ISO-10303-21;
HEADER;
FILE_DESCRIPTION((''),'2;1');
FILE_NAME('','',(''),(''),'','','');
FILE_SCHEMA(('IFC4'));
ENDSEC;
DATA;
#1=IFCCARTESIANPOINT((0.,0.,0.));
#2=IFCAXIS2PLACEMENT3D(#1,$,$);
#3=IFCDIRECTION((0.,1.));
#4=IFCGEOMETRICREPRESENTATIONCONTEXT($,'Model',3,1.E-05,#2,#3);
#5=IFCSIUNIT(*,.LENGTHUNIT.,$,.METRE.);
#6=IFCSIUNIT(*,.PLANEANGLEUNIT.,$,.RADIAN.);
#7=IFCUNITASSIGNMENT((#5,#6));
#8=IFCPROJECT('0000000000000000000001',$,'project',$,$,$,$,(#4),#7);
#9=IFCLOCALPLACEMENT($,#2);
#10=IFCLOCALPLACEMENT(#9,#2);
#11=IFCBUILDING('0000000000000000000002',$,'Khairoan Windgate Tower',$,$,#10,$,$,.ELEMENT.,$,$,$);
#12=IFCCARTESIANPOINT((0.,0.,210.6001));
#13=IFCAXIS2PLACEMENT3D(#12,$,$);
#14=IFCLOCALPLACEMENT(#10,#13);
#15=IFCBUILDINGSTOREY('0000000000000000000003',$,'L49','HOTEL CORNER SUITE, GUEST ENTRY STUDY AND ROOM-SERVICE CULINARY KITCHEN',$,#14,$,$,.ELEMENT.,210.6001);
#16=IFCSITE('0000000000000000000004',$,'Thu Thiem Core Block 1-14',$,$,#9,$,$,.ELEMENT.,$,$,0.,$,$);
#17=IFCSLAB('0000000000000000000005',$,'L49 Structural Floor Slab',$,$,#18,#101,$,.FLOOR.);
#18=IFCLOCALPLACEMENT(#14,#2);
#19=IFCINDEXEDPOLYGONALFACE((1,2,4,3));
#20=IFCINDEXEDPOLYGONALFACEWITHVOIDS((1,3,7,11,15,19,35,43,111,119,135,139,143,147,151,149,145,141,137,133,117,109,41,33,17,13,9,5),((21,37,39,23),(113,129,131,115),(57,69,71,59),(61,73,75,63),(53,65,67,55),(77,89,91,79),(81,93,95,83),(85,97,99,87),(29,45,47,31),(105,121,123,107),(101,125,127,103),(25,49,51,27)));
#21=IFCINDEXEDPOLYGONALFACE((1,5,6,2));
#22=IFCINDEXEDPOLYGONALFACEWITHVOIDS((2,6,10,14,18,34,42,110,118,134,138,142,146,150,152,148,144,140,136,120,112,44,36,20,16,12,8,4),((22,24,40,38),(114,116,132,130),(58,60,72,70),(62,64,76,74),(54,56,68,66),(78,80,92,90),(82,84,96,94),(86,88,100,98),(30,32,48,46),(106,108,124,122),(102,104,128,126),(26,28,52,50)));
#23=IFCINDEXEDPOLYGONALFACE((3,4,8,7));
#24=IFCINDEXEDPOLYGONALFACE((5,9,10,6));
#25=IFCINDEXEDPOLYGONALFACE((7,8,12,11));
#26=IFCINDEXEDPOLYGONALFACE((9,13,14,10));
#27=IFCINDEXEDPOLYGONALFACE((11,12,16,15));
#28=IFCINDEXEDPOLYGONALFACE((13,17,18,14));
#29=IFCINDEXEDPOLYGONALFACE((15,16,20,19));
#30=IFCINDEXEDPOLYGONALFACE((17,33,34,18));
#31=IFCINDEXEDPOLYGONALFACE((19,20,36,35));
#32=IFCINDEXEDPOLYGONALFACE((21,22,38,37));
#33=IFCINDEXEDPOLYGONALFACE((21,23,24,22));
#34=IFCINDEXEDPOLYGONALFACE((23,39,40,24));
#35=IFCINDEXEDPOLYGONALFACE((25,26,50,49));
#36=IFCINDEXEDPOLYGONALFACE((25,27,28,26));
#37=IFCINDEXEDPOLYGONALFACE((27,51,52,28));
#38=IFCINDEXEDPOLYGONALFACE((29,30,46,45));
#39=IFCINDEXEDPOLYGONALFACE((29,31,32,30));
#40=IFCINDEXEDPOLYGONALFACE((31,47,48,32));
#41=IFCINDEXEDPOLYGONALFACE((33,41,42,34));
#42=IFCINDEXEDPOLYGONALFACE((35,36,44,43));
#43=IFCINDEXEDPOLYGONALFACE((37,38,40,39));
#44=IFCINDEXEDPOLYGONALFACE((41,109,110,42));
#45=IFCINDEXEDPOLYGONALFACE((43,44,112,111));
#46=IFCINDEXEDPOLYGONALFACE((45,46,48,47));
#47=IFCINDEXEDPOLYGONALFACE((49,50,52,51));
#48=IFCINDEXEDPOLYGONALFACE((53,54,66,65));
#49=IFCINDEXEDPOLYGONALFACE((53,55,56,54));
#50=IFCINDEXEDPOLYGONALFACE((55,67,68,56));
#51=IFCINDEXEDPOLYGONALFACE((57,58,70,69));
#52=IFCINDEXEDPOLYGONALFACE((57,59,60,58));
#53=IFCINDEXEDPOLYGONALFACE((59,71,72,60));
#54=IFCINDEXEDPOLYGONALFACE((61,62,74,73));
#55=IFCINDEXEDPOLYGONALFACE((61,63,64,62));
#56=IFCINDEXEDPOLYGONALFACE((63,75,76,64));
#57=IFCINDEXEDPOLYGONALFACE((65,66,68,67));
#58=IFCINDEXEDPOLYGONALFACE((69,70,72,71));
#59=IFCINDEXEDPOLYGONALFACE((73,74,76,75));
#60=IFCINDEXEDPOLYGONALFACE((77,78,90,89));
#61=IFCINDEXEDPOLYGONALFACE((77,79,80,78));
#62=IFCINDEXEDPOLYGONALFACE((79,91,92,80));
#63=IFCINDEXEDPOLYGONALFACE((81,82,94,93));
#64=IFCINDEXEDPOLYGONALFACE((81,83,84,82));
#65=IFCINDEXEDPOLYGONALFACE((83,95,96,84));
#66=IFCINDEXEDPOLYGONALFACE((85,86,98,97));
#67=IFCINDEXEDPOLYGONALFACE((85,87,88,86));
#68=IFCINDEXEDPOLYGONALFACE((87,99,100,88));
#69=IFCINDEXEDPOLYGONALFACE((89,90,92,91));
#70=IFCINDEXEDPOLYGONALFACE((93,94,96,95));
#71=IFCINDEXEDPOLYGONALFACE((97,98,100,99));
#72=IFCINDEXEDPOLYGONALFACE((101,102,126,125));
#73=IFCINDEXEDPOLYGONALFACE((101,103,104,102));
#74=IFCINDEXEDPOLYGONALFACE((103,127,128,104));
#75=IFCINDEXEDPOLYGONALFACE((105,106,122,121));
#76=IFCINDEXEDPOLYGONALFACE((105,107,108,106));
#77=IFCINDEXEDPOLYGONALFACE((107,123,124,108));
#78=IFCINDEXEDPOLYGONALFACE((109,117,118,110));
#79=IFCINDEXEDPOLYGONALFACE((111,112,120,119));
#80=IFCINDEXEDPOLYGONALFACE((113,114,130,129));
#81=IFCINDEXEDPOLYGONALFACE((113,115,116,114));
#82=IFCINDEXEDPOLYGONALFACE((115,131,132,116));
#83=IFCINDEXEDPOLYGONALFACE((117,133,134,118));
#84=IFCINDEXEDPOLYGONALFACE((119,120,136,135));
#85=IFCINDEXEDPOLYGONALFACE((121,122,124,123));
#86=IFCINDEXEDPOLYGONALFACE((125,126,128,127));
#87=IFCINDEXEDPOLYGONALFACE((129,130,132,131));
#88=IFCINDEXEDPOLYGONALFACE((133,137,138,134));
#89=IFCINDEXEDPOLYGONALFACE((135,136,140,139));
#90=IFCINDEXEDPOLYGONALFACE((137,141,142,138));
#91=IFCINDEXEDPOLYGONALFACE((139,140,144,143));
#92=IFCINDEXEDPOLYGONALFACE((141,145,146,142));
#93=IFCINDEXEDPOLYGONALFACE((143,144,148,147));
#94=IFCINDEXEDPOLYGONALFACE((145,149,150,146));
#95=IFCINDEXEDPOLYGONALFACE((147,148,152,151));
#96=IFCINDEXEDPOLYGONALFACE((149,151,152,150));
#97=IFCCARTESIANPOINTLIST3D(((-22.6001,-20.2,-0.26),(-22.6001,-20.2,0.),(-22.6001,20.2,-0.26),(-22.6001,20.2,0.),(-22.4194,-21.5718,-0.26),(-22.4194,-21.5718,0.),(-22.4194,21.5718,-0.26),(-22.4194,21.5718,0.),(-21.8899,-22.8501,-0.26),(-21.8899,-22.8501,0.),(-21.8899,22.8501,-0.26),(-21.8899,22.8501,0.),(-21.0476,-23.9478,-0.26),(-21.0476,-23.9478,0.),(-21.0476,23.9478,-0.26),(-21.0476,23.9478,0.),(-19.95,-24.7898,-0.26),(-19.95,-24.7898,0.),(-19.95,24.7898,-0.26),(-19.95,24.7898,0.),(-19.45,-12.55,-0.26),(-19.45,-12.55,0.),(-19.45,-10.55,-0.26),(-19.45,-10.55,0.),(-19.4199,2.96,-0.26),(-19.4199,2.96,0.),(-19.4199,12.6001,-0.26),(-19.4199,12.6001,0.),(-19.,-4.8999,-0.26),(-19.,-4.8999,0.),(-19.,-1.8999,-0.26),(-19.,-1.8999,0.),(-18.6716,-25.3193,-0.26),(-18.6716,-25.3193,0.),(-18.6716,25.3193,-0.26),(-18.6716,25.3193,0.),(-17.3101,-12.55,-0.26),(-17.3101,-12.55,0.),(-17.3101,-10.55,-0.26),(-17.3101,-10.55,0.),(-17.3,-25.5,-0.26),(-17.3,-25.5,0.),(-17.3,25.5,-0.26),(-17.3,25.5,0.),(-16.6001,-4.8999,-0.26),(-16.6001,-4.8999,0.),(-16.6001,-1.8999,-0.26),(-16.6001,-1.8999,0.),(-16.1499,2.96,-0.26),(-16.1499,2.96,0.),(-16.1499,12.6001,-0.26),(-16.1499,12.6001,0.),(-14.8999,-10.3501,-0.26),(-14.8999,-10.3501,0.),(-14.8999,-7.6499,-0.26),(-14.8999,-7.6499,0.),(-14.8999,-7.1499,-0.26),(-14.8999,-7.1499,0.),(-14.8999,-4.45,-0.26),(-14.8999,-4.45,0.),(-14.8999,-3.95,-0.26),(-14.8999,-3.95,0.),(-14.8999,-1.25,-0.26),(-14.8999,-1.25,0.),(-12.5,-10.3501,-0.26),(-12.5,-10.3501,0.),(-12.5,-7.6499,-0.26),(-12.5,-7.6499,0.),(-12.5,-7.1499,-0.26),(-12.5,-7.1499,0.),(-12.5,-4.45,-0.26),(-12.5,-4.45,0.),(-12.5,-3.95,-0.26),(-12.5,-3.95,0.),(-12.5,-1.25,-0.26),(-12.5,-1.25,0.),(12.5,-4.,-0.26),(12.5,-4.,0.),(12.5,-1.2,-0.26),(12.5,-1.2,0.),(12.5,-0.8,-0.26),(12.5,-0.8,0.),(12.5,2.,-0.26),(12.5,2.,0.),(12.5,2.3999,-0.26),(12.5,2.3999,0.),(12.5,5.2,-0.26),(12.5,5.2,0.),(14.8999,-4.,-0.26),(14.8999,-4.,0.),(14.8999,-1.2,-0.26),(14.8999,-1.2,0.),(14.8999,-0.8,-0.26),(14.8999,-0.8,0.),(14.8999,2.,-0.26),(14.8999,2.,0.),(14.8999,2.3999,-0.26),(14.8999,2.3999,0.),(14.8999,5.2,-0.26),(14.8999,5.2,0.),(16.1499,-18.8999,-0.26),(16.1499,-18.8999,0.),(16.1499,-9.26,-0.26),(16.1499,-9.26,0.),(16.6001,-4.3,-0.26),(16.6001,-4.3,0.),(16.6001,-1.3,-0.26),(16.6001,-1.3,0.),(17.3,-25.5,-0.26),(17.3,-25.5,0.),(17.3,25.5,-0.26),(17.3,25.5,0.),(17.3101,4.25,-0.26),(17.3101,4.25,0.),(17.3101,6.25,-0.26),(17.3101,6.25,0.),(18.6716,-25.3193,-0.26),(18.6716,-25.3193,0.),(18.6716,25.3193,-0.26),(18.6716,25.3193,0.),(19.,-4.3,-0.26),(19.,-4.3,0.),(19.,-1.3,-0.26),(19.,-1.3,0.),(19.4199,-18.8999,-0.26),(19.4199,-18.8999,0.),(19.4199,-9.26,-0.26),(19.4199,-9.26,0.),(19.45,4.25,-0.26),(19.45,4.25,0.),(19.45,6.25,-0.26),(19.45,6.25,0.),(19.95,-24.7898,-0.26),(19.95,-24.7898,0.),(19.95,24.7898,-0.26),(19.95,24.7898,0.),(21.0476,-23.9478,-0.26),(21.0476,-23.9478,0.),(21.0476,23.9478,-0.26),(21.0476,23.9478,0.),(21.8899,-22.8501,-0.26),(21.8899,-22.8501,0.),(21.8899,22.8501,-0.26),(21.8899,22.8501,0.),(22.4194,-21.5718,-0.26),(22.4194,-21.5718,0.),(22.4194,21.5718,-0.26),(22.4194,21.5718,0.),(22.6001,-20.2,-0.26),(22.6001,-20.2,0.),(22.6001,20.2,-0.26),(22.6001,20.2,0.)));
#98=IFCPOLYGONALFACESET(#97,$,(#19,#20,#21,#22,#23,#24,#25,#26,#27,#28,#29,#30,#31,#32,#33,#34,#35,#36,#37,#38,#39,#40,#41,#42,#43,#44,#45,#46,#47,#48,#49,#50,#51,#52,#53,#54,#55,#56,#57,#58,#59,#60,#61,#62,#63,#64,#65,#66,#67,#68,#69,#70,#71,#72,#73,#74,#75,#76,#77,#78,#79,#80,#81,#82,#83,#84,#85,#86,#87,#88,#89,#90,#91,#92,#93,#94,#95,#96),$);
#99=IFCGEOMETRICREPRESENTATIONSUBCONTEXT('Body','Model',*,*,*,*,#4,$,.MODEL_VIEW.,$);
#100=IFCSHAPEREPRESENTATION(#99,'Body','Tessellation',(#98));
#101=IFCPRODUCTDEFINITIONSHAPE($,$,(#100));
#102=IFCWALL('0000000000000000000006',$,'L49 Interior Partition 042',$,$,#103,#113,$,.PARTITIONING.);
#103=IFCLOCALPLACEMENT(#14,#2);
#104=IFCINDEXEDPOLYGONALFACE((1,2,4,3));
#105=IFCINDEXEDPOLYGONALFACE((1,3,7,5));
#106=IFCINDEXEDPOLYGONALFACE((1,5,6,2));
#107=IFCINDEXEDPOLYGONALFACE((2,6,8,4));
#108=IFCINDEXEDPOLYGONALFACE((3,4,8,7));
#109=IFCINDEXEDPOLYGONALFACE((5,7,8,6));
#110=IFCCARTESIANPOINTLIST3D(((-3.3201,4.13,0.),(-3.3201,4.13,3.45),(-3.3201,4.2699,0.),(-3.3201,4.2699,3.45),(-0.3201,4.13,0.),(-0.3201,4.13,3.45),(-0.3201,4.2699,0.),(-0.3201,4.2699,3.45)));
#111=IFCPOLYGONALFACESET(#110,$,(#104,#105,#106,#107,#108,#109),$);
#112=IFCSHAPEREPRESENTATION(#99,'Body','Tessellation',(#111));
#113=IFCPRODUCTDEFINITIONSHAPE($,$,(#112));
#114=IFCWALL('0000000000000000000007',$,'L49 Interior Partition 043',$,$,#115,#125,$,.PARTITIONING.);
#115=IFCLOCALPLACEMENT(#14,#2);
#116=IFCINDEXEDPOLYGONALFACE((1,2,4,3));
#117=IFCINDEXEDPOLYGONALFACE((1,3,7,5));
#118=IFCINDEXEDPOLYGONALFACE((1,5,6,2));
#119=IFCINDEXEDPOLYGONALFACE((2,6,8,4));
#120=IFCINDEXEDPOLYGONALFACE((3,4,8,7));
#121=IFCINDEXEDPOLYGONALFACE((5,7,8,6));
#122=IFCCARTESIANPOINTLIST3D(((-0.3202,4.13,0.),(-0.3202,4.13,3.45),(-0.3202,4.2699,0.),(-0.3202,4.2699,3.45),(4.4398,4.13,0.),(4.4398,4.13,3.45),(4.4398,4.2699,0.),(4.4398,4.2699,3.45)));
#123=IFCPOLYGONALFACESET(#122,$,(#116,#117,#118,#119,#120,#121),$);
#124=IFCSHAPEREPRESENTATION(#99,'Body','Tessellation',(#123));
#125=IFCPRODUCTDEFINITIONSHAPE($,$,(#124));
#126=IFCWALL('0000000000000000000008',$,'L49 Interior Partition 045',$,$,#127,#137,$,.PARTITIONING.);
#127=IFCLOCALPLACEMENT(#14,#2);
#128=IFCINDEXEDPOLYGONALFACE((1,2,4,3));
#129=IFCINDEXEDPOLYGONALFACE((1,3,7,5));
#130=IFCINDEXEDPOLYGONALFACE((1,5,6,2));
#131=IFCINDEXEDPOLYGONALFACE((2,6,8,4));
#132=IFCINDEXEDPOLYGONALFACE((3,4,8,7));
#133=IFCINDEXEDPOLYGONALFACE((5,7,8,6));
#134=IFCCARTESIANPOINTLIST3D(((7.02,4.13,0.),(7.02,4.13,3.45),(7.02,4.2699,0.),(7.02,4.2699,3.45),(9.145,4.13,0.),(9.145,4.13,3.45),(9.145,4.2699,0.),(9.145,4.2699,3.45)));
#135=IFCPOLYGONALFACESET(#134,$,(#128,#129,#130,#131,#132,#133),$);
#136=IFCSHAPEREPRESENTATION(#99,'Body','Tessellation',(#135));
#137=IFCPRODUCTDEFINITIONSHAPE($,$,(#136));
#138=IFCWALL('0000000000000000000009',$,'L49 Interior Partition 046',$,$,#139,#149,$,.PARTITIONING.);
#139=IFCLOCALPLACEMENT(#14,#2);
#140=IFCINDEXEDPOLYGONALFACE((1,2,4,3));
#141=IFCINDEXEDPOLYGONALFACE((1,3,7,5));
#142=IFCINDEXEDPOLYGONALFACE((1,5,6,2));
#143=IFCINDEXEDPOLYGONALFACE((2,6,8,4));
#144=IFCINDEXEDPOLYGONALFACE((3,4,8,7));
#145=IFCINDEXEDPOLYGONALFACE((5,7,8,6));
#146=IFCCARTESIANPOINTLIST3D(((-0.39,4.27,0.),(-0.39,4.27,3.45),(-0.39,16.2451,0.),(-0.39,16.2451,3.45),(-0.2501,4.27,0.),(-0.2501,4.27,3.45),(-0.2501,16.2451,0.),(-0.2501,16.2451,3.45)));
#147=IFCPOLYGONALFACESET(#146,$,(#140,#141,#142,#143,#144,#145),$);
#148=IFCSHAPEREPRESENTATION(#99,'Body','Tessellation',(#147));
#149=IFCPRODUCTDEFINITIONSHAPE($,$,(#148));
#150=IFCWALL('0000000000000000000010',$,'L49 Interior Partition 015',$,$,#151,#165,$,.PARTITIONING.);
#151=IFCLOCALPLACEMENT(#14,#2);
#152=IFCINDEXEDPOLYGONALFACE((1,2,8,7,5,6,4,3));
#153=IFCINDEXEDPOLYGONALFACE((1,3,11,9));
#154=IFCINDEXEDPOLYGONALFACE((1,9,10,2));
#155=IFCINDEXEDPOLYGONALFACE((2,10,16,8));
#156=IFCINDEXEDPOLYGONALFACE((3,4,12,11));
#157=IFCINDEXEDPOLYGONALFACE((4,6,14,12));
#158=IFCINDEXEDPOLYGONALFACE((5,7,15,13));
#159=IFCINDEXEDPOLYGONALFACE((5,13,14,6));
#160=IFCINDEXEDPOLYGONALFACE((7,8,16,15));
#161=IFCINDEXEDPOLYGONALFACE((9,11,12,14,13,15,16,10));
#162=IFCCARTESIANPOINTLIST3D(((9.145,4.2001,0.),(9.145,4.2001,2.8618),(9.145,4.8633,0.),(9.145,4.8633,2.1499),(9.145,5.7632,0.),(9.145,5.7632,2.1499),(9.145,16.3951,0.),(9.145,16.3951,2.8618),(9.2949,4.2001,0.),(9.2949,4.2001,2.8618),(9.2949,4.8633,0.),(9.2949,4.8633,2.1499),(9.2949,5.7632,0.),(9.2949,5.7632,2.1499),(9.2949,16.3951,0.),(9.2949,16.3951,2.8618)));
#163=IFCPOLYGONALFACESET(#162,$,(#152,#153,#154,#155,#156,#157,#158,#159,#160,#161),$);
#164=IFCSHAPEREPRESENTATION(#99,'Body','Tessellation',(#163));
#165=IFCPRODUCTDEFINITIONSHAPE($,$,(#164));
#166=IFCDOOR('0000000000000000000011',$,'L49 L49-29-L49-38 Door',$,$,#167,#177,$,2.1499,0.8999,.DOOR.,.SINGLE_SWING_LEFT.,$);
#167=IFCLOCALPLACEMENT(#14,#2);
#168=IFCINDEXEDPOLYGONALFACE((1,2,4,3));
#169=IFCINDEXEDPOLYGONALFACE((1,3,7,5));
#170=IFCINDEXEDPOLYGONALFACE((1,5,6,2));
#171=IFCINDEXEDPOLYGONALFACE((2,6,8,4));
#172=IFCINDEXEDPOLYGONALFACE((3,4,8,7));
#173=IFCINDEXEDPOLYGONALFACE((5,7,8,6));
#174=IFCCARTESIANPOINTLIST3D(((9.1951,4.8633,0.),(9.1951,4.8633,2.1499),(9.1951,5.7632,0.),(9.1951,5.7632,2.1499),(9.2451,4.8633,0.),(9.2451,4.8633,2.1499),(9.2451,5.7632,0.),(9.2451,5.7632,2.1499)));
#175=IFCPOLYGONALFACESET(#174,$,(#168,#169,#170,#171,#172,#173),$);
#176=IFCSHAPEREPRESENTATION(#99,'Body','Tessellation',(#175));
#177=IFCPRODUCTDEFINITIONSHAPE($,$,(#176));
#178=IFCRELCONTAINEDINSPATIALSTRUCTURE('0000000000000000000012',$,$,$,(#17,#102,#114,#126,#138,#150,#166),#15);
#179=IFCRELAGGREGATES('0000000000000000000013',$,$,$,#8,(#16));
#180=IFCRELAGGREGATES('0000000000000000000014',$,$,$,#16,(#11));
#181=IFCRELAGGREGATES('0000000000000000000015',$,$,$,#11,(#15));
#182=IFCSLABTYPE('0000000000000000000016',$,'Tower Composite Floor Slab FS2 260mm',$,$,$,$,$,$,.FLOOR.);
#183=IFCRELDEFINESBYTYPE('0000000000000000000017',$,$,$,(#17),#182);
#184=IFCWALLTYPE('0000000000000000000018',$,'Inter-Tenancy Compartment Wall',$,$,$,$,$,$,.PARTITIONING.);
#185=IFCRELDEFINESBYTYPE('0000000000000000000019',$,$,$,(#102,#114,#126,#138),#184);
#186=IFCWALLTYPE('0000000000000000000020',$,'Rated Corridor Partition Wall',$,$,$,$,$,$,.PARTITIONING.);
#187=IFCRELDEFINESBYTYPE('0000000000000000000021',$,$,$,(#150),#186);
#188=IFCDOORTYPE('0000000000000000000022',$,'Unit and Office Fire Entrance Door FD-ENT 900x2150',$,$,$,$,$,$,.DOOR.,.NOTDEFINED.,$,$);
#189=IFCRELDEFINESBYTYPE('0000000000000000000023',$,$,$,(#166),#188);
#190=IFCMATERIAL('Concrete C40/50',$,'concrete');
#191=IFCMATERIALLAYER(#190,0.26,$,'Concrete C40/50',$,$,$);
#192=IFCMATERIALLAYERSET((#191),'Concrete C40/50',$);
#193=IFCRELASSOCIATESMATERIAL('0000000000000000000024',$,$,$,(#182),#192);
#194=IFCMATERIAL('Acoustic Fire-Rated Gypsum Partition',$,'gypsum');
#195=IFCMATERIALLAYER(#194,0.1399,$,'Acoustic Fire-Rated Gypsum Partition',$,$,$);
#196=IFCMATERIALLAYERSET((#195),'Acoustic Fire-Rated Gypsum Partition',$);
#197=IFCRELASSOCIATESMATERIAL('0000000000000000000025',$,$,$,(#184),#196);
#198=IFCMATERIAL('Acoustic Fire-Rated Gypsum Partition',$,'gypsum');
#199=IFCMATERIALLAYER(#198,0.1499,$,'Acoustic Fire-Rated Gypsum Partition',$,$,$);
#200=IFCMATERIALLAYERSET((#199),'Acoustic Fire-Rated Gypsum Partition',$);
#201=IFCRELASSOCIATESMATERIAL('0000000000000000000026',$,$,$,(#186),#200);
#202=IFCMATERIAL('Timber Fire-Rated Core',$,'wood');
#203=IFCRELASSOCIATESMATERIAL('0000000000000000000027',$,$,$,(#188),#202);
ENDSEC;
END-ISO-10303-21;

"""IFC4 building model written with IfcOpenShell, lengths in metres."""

from ifc_helpers import new_model, si_unit, direction, frame, frame_2d, origin, place, context, subcontext, project, spatial, polyline, rectangle, outline, extrude, material, layer, layer_set, type_object, element, fill, save


model = new_model("IFC4")

# Units and contexts
model_context = context("Model", 3, precision=1e-05, world=origin(), true_north=direction((0.0, 1.0)))
body_context = subcontext(model_context, "Body", "Model", "MODEL_VIEW")
ifc_project = project(units=[si_unit("LENGTHUNIT", "METRE"), si_unit("PLANEANGLEUNIT", "RADIAN")], contexts=[model_context])

# Site, building, storey
site_placement = place(None, origin())
site = spatial("IfcSite", under=ifc_project, at=site_placement, Name="Thu Thiem Core Block 1-14", CompositionType="ELEMENT", RefElevation=0.0)
building_placement = place(site_placement, origin())
building = spatial("IfcBuilding", under=site, at=building_placement, Name="Khairoan Windgate Tower", CompositionType="ELEMENT")
storey_placement = place(building_placement, frame((0.0, 0.0, 210.6001)))
storey = spatial("IfcBuildingStorey", under=building, at=storey_placement, Name="L49", Description="HOTEL CORNER SUITE, GUEST ENTRY STUDY AND ROOM-SERVICE CULINARY KITCHEN", CompositionType="ELEMENT", Elevation=210.6001)

# Slab
ifc_material_1 = material(Name="Concrete C40/50", Category="concrete")
ifc_layer_1 = layer(ifc_material_1, 0.26, Name="Concrete C40/50")
ifc_layer_set_1 = layer_set([ifc_layer_1], Name="Concrete C40/50")
slab_type_1 = type_object("IfcSlabType", Name="Tower Composite Floor Slab FS2 260mm", PredefinedType="FLOOR", material=ifc_layer_set_1)
slab_1_placement = place(storey_placement, frame((0.0, 0.0, -0.26)))
element("IfcSlab", 1, at=slab_1_placement, inside=storey, type_object=slab_type_1, Name="L49 Structural Floor Slab", PredefinedType="FLOOR", context=body_context, shape_type="SweptSolid", body=[
    extrude(outline(polyline([(17.3, -25.5), (18.6716, -25.3193), (19.95, -24.7898), (21.0476, -23.9478), (21.8899, -22.8501), (22.4194, -21.5718), (22.6001, -20.2), (22.6001, 20.2), (22.4194, 21.5718), (21.8899, 22.8501), (21.0476, 23.9478), (19.95, 24.7898), (18.6716, 25.3193), (17.3, 25.5), (-17.3, 25.5), (-18.6716, 25.3193), (-19.95, 24.7898), (-21.0476, 23.9478), (-21.8899, 22.8501), (-22.4194, 21.5718), (-22.6001, 20.2), (-22.6001, -20.2), (-22.4194, -21.5718), (-21.8899, -22.8501), (-21.0476, -23.9478), (-19.95, -24.7898), (-18.6716, -25.3193), (-17.3, -25.5), (17.3, -25.5)]), holes=[polyline([(16.1499, -9.26), (16.1499, -18.8999), (19.4199, -18.8999), (19.4199, -9.26), (16.1499, -9.26)]), polyline([(-16.1499, 2.96), (-16.1499, 12.6001), (-19.4199, 12.6001), (-19.4199, 2.96), (-16.1499, 2.96)]), polyline([(-14.8999, -3.95), (-12.5, -3.95), (-12.5, -1.25), (-14.8999, -1.25), (-14.8999, -3.95)]), polyline([(-14.8999, -7.1499), (-12.5, -7.1499), (-12.5, -4.45), (-14.8999, -4.45), (-14.8999, -7.1499)]), polyline([(-14.8999, -10.3501), (-12.5, -10.3501), (-12.5, -7.6499), (-14.8999, -7.6499), (-14.8999, -10.3501)]), polyline([(12.5, 2.3999), (14.8999, 2.3999), (14.8999, 5.2), (12.5, 5.2), (12.5, 2.3999)]), polyline([(12.5, -0.8), (14.8999, -0.8), (14.8999, 2.0), (12.5, 2.0), (12.5, -0.8)]), polyline([(12.5, -4.0), (14.8999, -4.0), (14.8999, -1.2), (12.5, -1.2), (12.5, -4.0)]), polyline([(16.6001, -4.3), (19.0, -4.3), (19.0, -1.3), (16.6001, -1.3), (16.6001, -4.3)]), polyline([(-19.0, -4.8999), (-16.6001, -4.8999), (-16.6001, -1.8999), (-19.0, -1.8999), (-19.0, -4.8999)]), polyline([(-19.45, -12.55), (-17.3101, -12.55), (-17.3101, -10.55), (-19.45, -10.55), (-19.45, -12.55)]), polyline([(17.3101, 4.25), (19.45, 4.25), (19.45, 6.25), (17.3101, 6.25), (17.3101, 4.25)])]), origin(), (0.0, 0.0, 1.0), 0.26),
])

# Walls
ifc_material_2 = material(Name="Acoustic Fire-Rated Gypsum Partition", Category="gypsum")
ifc_layer_2 = layer(ifc_material_2, 0.1399, Name="Acoustic Fire-Rated Gypsum Partition")
ifc_layer_set_2 = layer_set([ifc_layer_2], Name="Acoustic Fire-Rated Gypsum Partition")
wall_type_1 = type_object("IfcWallType", Name="Inter-Tenancy Compartment Wall", PredefinedType="PARTITIONING", material=ifc_layer_set_2)
wall_1_placement = place(storey_placement, frame((-3.3201, 4.2, 0.0), z_axis=(0.0, 0.0, 1.0), x_axis=(1.0, 0.0, 0.0)))
element("IfcWall", 2, at=wall_1_placement, inside=storey, type_object=wall_type_1, Name="L49 Interior Partition 042", PredefinedType="PARTITIONING", context=body_context, shape_type="SweptSolid", body=[
    extrude(rectangle(XDim=3.0, YDim=0.1399, at=frame_2d((1.5, 0.0))), origin(), (0.0, 0.0, 1.0), 3.45),
])
wall_2_placement = place(storey_placement, frame((-0.3201, 4.2, 0.0), z_axis=(0.0, 0.0, 1.0), x_axis=(1.0, 0.0, 0.0)))
element("IfcWall", 3, at=wall_2_placement, inside=storey, type_object=wall_type_1, Name="L49 Interior Partition 043", PredefinedType="PARTITIONING", context=body_context, shape_type="SweptSolid", body=[
    extrude(rectangle(XDim=4.76, YDim=0.1399, at=frame_2d((2.3799, 0.0))), origin(), (0.0, 0.0, 1.0), 3.45),
])
wall_3_placement = place(storey_placement, frame((7.02, 4.2, 0.0), z_axis=(0.0, 0.0, 1.0), x_axis=(1.0, 0.0, 0.0)))
element("IfcWall", 4, at=wall_3_placement, inside=storey, type_object=wall_type_1, Name="L49 Interior Partition 045", PredefinedType="PARTITIONING", context=body_context, shape_type="SweptSolid", body=[
    extrude(rectangle(XDim=2.125, YDim=0.1399, at=frame_2d((1.0625, 0.0))), origin(), (0.0, 0.0, 1.0), 3.45),
])
wall_4_placement = place(storey_placement, frame((-0.3201, 4.27, 0.0), z_axis=(0.0, 0.0, 1.0), x_axis=(0.0, 1.0, 0.0)))
element("IfcWall", 5, at=wall_4_placement, inside=storey, type_object=wall_type_1, Name="L49 Interior Partition 046", PredefinedType="PARTITIONING", context=body_context, shape_type="SweptSolid", body=[
    extrude(rectangle(XDim=11.9751, YDim=0.1399, at=frame_2d((5.9875, 0.0))), origin(), (0.0, 0.0, 1.0), 3.45),
])

# Wall, opening, door
ifc_material_3 = material(Name="Acoustic Fire-Rated Gypsum Partition", Category="gypsum")
ifc_layer_3 = layer(ifc_material_3, 0.1499, Name="Acoustic Fire-Rated Gypsum Partition")
ifc_layer_set_3 = layer_set([ifc_layer_3], Name="Acoustic Fire-Rated Gypsum Partition")
wall_type_2 = type_object("IfcWallType", Name="Rated Corridor Partition Wall", PredefinedType="PARTITIONING", material=ifc_layer_set_3)
wall_5_placement = place(storey_placement, frame((9.22, 4.2, 0.0), z_axis=(0.0, 0.0, 1.0), x_axis=(0.0, 1.0, 0.0)))
wall_5 = element("IfcWall", 6, at=wall_5_placement, inside=storey, type_object=wall_type_2, Name="L49 Interior Partition 015", PredefinedType="PARTITIONING", context=body_context, shape_type="SweptSolid", body=[
    extrude(rectangle(XDim=12.1951, YDim=0.1499, at=frame_2d((6.0977, 0.0))), origin(), (0.0, 0.0, 1.0), 2.8618),
])
opening_1_placement = place(wall_5_placement, frame((0.6633, 0.0, 0.0)))
opening_1 = element("IfcOpeningElement", 7, at=opening_1_placement, cuts=wall_5, PredefinedType="OPENING", context=body_context, shape_type="SweptSolid", body=[
    extrude(rectangle(XDim=0.8999, YDim=2.1499, at=frame_2d((0.45, 1.075))), frame((0.0, 0.085, 0.0), z_axis=(0.0, -1.0, 0.0), x_axis=(1.0, 0.0, 0.0)), (0.0, 0.0, 1.0), 0.1699),
])
ifc_material_4 = material(Name="Timber Fire-Rated Core", Category="wood")
door_type = type_object("IfcDoorType", Name="Unit and Office Fire Entrance Door FD-ENT 900x2150", OperationType="NOTDEFINED", PredefinedType="DOOR", material=ifc_material_4)
door_1_placement = place(opening_1_placement, origin())
door_1 = element("IfcDoor", 8, at=door_1_placement, inside=storey, type_object=door_type, Name="L49 L49-29-L49-38 Door", OperationType="SINGLE_SWING_LEFT", OverallHeight=2.1499, OverallWidth=0.8999, PredefinedType="DOOR", context=body_context, shape_type="SweptSolid", body=[
    extrude(rectangle(XDim=0.8999, YDim=2.1499, at=frame_2d((0.45, 1.075))), frame((0.0, 0.0249, 0.0), z_axis=(0.0, -1.0, 0.0), x_axis=(1.0, 0.0, 0.0)), (0.0, 0.0, 1.0), 0.05),
])
fill(opening_1, door_1)

save(model, "model.ifc")
